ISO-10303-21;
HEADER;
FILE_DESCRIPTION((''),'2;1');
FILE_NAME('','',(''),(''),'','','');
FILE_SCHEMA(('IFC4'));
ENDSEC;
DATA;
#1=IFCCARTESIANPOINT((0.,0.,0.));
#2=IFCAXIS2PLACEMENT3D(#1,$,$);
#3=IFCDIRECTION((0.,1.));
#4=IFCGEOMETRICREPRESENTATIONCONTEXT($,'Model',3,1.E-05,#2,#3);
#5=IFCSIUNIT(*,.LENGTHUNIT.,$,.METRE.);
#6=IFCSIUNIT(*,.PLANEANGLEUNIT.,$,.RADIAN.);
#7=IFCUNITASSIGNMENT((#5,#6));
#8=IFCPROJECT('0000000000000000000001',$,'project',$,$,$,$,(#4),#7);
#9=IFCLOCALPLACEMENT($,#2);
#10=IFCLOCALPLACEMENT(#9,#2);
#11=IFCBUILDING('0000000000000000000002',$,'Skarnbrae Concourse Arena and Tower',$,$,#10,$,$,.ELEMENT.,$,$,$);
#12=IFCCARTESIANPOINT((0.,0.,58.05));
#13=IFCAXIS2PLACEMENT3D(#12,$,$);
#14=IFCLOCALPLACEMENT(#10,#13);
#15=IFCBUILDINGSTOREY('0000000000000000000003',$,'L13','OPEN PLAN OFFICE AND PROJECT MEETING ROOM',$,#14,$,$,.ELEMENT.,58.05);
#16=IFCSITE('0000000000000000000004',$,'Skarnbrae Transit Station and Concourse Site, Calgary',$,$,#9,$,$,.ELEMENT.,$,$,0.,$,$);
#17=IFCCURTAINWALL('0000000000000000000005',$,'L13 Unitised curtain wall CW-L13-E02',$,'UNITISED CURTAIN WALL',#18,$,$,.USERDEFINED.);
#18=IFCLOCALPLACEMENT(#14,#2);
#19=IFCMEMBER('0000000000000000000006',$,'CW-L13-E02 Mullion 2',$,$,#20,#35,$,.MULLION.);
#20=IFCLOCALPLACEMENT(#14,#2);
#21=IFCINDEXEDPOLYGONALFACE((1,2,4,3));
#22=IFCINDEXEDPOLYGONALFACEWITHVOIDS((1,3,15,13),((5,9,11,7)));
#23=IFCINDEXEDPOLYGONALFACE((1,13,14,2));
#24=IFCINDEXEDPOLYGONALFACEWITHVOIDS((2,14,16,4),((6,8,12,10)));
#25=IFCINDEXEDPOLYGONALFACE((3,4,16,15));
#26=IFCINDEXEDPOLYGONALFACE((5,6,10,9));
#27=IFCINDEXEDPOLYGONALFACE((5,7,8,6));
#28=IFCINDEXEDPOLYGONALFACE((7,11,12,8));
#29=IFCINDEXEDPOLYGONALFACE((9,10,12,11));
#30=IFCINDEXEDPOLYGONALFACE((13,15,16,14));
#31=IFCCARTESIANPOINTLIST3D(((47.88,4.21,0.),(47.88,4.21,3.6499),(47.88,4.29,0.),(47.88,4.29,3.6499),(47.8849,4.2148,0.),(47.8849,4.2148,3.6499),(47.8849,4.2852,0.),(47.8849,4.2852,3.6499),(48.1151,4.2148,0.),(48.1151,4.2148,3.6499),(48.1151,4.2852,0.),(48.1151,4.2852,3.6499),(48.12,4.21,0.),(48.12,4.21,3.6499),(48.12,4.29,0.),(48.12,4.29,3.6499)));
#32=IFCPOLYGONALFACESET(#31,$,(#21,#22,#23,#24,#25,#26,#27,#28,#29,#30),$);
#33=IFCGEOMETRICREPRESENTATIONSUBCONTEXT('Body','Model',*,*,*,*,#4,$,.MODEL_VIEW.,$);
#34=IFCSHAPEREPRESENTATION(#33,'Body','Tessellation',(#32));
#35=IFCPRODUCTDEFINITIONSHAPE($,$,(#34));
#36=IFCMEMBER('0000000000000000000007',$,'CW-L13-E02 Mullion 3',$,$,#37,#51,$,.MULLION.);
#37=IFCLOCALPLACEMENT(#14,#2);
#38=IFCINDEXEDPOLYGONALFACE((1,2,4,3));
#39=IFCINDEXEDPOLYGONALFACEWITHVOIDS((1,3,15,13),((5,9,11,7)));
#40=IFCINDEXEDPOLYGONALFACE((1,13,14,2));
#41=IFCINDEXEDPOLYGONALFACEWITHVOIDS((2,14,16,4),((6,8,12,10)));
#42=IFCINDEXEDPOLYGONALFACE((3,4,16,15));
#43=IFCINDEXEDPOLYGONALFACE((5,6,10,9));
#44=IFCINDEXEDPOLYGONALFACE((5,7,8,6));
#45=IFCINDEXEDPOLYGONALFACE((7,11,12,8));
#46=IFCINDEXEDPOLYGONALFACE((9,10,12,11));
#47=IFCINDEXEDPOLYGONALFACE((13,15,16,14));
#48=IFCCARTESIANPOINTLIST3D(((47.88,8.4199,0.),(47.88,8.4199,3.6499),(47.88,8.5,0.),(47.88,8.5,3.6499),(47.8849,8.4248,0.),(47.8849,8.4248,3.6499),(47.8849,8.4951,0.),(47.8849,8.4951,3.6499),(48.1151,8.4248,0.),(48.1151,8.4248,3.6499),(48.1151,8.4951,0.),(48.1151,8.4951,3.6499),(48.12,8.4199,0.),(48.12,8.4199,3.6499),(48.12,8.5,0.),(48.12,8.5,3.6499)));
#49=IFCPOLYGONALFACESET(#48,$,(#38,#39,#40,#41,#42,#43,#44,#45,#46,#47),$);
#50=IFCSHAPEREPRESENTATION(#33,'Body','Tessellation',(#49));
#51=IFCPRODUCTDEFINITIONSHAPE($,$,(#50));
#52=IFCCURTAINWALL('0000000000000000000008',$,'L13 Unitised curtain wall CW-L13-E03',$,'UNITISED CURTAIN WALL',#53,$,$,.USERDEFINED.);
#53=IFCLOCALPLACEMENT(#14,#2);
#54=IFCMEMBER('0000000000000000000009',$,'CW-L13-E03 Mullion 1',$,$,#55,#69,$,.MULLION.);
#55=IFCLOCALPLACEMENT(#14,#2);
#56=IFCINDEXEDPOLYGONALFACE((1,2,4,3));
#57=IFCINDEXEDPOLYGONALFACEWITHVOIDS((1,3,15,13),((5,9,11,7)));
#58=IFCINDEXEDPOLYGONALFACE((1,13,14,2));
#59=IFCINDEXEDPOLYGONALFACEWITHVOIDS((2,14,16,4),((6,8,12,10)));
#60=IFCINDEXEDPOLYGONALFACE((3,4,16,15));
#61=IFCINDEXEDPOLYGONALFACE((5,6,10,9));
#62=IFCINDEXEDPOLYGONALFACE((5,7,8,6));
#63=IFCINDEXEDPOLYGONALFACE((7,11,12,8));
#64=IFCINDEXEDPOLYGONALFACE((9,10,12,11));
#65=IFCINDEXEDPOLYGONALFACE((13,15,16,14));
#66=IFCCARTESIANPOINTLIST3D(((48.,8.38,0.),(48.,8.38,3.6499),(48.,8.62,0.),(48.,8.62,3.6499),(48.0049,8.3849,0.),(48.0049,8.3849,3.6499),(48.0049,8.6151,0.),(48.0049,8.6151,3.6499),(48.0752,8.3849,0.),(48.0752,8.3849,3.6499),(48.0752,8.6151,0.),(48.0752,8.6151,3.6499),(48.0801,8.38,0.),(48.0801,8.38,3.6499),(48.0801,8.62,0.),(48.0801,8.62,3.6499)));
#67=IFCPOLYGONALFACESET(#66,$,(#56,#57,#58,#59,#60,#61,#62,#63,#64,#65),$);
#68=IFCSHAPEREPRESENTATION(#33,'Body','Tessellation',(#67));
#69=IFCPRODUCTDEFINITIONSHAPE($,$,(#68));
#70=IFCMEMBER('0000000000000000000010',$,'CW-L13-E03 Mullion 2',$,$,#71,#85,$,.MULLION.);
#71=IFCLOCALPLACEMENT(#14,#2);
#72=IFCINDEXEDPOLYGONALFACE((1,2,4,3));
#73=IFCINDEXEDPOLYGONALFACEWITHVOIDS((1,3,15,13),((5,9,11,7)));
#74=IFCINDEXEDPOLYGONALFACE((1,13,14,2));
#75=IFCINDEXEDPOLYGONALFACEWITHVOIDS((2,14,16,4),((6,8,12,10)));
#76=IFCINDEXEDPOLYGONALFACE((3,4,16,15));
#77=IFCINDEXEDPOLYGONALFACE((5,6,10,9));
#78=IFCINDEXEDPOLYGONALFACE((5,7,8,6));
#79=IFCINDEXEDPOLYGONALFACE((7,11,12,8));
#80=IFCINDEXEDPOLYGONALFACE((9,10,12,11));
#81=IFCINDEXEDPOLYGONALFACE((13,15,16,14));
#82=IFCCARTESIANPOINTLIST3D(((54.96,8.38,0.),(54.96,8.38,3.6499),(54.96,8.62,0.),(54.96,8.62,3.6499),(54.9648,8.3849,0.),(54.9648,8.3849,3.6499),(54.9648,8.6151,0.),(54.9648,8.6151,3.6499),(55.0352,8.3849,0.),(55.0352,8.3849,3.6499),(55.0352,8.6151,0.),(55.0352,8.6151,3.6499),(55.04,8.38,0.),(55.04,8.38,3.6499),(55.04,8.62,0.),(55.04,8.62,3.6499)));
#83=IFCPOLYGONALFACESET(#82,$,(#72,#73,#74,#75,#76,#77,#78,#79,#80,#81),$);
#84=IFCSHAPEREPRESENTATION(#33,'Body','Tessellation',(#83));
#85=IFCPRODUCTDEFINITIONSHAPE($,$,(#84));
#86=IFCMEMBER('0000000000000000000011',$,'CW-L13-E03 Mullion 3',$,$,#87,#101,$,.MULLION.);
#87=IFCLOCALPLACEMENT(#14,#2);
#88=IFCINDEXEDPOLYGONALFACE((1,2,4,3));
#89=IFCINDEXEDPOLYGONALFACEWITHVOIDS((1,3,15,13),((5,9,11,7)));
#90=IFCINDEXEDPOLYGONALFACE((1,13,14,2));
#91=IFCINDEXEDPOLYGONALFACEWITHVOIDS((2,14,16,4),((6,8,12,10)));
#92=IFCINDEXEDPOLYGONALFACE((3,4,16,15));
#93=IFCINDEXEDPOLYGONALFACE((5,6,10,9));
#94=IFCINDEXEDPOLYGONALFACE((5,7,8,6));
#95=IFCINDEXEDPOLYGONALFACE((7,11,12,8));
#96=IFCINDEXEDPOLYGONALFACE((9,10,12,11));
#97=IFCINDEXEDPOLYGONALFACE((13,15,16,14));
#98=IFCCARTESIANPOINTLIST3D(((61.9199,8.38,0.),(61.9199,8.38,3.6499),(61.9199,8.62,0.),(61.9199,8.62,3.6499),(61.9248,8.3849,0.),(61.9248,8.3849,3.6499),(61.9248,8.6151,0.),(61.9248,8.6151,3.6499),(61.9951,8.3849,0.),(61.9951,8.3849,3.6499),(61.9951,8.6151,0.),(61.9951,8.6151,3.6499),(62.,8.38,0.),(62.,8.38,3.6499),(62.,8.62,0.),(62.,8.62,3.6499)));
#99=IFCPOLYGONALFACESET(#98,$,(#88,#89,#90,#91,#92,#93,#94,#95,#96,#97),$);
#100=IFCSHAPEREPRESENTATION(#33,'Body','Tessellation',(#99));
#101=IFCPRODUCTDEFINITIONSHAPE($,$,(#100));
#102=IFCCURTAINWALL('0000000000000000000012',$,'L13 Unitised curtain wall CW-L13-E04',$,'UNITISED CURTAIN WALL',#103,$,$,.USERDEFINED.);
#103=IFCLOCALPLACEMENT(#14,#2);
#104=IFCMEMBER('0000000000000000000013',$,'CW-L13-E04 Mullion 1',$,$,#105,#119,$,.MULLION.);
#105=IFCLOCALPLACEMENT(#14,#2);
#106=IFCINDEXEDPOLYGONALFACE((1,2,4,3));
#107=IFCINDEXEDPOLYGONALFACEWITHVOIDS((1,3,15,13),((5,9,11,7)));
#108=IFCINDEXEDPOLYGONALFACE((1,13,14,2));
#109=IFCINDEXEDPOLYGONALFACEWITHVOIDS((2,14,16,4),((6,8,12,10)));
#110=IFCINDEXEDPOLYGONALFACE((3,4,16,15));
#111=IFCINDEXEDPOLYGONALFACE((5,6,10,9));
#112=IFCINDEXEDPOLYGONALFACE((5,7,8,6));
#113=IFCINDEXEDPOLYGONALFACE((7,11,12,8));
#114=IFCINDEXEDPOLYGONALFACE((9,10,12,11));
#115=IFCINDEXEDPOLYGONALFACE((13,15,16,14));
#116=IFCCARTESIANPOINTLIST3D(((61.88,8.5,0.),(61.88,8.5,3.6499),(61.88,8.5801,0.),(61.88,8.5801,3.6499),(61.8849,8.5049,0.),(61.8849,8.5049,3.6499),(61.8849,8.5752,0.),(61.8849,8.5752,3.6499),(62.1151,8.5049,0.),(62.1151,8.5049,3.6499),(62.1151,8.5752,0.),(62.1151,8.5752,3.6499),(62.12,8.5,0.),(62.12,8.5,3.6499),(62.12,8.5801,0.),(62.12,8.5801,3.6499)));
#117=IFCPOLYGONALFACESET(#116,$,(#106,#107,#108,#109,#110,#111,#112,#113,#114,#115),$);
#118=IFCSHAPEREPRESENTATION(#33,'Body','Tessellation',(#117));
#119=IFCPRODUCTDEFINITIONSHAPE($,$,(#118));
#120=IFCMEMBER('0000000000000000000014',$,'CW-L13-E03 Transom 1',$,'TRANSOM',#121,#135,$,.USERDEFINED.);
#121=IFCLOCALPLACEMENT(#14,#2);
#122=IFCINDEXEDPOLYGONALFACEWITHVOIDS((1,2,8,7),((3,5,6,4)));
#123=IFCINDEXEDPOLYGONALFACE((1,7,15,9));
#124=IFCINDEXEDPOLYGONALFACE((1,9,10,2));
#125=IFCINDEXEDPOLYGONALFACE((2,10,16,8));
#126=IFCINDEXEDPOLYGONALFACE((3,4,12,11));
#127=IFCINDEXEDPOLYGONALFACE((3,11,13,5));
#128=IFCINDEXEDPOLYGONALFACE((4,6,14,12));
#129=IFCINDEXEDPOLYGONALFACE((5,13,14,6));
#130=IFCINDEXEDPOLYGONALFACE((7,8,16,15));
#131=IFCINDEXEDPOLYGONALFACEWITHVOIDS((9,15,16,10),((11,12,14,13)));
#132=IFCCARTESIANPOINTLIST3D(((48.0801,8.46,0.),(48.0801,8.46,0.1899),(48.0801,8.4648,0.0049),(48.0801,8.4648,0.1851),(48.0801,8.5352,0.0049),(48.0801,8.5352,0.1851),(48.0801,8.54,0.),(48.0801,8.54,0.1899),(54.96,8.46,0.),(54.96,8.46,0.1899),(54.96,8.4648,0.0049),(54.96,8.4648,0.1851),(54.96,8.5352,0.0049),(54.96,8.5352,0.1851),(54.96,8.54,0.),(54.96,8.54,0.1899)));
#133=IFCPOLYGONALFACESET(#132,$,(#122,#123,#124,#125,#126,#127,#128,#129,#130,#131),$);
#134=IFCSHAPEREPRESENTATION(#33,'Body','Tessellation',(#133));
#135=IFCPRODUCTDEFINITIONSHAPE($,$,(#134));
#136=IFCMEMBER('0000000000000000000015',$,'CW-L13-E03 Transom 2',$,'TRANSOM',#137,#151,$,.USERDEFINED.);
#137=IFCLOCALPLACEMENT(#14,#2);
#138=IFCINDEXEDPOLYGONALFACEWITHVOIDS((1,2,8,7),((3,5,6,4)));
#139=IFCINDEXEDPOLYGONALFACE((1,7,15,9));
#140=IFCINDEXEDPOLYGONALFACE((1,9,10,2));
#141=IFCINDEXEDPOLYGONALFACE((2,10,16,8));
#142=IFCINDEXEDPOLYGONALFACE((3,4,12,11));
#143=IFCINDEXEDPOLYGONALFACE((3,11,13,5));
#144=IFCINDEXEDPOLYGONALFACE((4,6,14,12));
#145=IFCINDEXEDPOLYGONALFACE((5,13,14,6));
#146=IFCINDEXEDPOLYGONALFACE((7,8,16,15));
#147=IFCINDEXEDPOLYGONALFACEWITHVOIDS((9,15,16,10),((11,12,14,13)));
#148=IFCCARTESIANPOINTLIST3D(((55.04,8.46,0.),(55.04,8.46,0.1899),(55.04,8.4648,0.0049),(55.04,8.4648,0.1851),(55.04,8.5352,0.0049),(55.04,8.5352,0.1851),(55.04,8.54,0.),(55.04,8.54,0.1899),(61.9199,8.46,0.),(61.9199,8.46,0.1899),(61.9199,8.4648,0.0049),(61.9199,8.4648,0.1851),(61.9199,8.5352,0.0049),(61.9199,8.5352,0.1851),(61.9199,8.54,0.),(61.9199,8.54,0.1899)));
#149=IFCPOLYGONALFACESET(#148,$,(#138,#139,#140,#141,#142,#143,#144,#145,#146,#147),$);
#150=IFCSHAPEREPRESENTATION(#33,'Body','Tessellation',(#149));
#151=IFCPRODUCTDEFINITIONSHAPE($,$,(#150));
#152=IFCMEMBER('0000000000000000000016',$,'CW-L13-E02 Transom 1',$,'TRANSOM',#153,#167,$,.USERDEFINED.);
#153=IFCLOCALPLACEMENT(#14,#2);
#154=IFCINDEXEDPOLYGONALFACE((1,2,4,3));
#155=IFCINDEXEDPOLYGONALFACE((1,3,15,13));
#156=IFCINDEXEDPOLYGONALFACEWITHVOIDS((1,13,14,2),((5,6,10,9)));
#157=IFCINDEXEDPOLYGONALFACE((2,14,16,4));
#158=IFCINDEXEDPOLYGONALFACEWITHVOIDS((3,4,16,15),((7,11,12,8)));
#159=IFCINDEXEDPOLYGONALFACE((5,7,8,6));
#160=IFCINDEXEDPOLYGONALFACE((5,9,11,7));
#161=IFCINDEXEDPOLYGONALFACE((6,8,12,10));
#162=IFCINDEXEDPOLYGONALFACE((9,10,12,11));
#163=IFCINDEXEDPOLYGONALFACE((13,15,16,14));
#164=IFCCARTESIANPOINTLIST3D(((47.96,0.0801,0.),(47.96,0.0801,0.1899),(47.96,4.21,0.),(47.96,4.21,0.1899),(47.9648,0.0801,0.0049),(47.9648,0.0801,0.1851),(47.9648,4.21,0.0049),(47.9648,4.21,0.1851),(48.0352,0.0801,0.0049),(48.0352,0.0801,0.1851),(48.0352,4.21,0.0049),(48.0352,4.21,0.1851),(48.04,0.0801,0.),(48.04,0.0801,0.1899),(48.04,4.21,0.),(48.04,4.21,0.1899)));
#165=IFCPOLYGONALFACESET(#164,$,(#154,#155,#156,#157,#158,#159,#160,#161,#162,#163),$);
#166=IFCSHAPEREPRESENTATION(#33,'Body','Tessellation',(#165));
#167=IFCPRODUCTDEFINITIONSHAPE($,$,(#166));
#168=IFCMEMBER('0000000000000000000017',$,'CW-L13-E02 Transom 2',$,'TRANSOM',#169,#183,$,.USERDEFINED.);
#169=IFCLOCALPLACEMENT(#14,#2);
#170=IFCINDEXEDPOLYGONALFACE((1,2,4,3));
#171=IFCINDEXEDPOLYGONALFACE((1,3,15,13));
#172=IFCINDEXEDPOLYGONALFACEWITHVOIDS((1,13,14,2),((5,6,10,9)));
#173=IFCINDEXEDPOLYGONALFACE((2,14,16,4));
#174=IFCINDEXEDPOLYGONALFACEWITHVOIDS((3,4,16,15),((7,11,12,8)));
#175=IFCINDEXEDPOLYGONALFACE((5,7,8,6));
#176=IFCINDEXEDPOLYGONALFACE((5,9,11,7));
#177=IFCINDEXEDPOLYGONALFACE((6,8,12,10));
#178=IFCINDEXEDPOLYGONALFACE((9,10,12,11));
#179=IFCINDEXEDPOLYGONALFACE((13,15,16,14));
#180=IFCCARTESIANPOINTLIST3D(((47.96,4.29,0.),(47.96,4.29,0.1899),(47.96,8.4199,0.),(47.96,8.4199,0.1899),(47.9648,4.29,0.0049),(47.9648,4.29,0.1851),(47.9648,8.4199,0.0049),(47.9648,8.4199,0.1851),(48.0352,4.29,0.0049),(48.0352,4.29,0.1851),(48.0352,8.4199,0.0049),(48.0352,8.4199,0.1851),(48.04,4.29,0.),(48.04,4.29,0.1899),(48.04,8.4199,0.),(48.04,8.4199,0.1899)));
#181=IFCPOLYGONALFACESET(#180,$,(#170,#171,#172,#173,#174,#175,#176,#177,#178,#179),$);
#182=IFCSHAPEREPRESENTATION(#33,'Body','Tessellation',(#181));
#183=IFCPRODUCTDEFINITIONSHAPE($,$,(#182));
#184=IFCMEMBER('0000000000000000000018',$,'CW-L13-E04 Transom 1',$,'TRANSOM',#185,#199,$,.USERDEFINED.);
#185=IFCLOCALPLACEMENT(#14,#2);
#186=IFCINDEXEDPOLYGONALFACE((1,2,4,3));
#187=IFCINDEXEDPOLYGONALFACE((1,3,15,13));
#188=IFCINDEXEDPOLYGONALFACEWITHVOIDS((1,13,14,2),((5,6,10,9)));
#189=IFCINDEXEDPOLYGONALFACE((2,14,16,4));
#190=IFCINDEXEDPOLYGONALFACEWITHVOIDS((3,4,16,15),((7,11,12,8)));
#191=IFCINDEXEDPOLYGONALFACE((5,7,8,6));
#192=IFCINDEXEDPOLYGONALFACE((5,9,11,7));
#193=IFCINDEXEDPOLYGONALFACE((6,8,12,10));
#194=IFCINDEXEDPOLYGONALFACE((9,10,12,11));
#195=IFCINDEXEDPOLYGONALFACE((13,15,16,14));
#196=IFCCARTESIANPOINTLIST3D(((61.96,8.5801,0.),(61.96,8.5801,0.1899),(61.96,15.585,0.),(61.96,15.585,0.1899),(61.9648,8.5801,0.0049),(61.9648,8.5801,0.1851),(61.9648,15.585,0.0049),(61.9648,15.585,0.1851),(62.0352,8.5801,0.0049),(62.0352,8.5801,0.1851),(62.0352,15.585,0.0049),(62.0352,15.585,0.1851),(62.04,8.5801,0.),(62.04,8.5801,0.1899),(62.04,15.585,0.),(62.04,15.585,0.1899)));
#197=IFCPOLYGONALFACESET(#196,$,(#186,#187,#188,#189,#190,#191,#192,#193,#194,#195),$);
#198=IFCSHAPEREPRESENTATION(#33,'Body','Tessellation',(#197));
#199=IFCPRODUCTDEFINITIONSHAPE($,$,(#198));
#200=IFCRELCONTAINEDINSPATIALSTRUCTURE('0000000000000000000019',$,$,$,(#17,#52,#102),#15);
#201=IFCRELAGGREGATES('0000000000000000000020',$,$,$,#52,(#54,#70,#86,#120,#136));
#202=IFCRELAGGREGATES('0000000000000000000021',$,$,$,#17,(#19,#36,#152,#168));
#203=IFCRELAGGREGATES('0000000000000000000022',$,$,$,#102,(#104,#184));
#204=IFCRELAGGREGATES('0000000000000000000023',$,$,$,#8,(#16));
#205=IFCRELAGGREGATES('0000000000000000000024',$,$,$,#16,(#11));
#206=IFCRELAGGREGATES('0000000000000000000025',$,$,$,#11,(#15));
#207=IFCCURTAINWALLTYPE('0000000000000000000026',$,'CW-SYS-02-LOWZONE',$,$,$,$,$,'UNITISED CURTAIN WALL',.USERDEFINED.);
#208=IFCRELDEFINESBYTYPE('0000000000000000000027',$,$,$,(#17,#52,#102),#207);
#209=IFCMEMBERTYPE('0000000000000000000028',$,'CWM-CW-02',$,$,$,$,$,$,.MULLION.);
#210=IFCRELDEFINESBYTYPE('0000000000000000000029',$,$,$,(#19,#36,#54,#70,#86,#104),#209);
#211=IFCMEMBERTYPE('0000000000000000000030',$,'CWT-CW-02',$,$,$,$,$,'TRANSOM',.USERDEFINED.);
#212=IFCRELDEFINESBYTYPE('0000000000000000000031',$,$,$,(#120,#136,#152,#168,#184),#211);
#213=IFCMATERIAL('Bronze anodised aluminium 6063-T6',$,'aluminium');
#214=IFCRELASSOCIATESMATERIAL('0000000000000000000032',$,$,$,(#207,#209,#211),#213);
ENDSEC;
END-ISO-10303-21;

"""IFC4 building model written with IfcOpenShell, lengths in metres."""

from ifc_helpers import new_model, si_unit, direction, frame, origin, origin_2d, place, context, subcontext, project, spatial, hollow_rectangle, extrude, source, transform, mapped, material, material_profile, profile_set, type_object, element, aggregate, save


model = new_model("IFC4")

# Units and contexts
model_context = context("Model", 3, precision=1e-05, world=origin(), true_north=direction((0.0, 1.0)))
body_context = subcontext(model_context, "Body", "Model", "MODEL_VIEW")
ifc_project = project(units=[si_unit("LENGTHUNIT", "METRE"), si_unit("PLANEANGLEUNIT", "RADIAN")], contexts=[model_context])

# Site, building, storey
site_placement = place(None, origin())
site = spatial("IfcSite", under=ifc_project, at=site_placement, Name="Skarnbrae Transit Station and Concourse Site, Calgary", CompositionType="ELEMENT", RefElevation=0.0)
building_placement = place(site_placement, origin())
building = spatial("IfcBuilding", under=site, at=building_placement, Name="Skarnbrae Concourse Arena and Tower", CompositionType="ELEMENT")
storey_placement = place(building_placement, frame((0.0, 0.0, 58.05)))
storey = spatial("IfcBuildingStorey", under=building, at=storey_placement, Name="L13", Description="OPEN PLAN OFFICE AND PROJECT MEETING ROOM", CompositionType="ELEMENT", Elevation=58.05)

# Shared definitions
ifc_material_1 = material(Name="Bronze anodised aluminium 6063-T6", Category="aluminium")
curtain_wall_type = type_object("IfcCurtainWallType", Name="CW-SYS-02-LOWZONE", ElementType="UNITISED CURTAIN WALL", PredefinedType="USERDEFINED", material=ifc_material_1)
ifc_material_profile_1 = material_profile(ifc_material_1, hollow_rectangle(XDim=0.0801, YDim=0.24, WallThickness=0.0049, at=origin_2d()), Name="ALU-MULL-80X240")
ifc_profile_set_1 = profile_set([ifc_material_profile_1], Name="Bronze anodised aluminium 6063-T6")
member_type_1 = type_object("IfcMemberType", Name="CWM-CW-02", PredefinedType="MULLION", material=ifc_profile_set_1)
shared_shape_1 = source(origin(), body_context, "Body", "SweptSolid", [
    extrude(hollow_rectangle(XDim=0.0801, YDim=0.24, WallThickness=0.0049, at=origin_2d()), origin(), (0.0, 0.0, 1.0), 3.6499),
])

# Curtain walls, members
curtain_wall_1_placement = place(storey_placement, origin())
curtain_wall_1 = element("IfcCurtainWall", 1, at=curtain_wall_1_placement, inside=storey, type_object=curtain_wall_type, Name="L13 Unitised curtain wall CW-L13-E02", ObjectType="UNITISED CURTAIN WALL", PredefinedType="USERDEFINED")
member_1_placement = place(storey_placement, frame((48.0, 4.25, 0.0), z_axis=(0.0, 0.0, 1.0), x_axis=(0.0, 1.0, 0.0)))
member_1 = element("IfcMember", 2, at=member_1_placement, type_object=member_type_1, Name="CW-L13-E02 Mullion 2", PredefinedType="MULLION", context=body_context, shape_type="MappedRepresentation", body=[
    mapped(shared_shape_1, transform((0.0, 0.0, 0.0))),
])
member_2_placement = place(storey_placement, frame((48.0, 8.46, 0.0), z_axis=(0.0, 0.0, 1.0), x_axis=(0.0, 1.0, 0.0)))
member_2 = element("IfcMember", 3, at=member_2_placement, type_object=member_type_1, Name="CW-L13-E02 Mullion 3", PredefinedType="MULLION", context=body_context, shape_type="MappedRepresentation", body=[
    mapped(shared_shape_1, transform((0.0, 0.0, 0.0))),
])
curtain_wall_2_placement = place(storey_placement, origin())
curtain_wall_2 = element("IfcCurtainWall", 4, at=curtain_wall_2_placement, inside=storey, type_object=curtain_wall_type, Name="L13 Unitised curtain wall CW-L13-E03", ObjectType="UNITISED CURTAIN WALL", PredefinedType="USERDEFINED")
member_3_placement = place(storey_placement, frame((48.04, 8.5, 0.0), z_axis=(0.0, 0.0, 1.0), x_axis=(1.0, 0.0, 0.0)))
member_3 = element("IfcMember", 5, at=member_3_placement, type_object=member_type_1, Name="CW-L13-E03 Mullion 1", PredefinedType="MULLION", context=body_context, shape_type="MappedRepresentation", body=[
    mapped(shared_shape_1, transform((0.0, 0.0, 0.0))),
])
member_4_placement = place(storey_placement, frame((55.0, 8.5, 0.0), z_axis=(0.0, 0.0, 1.0), x_axis=(1.0, 0.0, 0.0)))
member_4 = element("IfcMember", 6, at=member_4_placement, type_object=member_type_1, Name="CW-L13-E03 Mullion 2", PredefinedType="MULLION", context=body_context, shape_type="MappedRepresentation", body=[
    mapped(shared_shape_1, transform((0.0, 0.0, 0.0))),
])
member_5_placement = place(storey_placement, frame((61.96, 8.5, 0.0), z_axis=(0.0, 0.0, 1.0), x_axis=(1.0, 0.0, 0.0)))
member_5 = element("IfcMember", 7, at=member_5_placement, type_object=member_type_1, Name="CW-L13-E03 Mullion 3", PredefinedType="MULLION", context=body_context, shape_type="MappedRepresentation", body=[
    mapped(shared_shape_1, transform((0.0, 0.0, 0.0))),
])

# Curtain wall, member
curtain_wall_3_placement = place(storey_placement, origin())
curtain_wall_3 = element("IfcCurtainWall", 8, at=curtain_wall_3_placement, inside=storey, type_object=curtain_wall_type, Name="L13 Unitised curtain wall CW-L13-E04", ObjectType="UNITISED CURTAIN WALL", PredefinedType="USERDEFINED")
member_6_placement = place(storey_placement, frame((62.0, 8.54, 0.0), z_axis=(0.0, 0.0, 1.0), x_axis=(0.0, 1.0, 0.0)))
member_6 = element("IfcMember", 9, at=member_6_placement, type_object=member_type_1, Name="CW-L13-E04 Mullion 1", PredefinedType="MULLION", context=body_context, shape_type="MappedRepresentation", body=[
    mapped(shared_shape_1, transform((0.0, 0.0, 0.0))),
])

# Members
ifc_material_profile_2 = material_profile(ifc_material_1, hollow_rectangle(XDim=0.0801, YDim=0.1899, WallThickness=0.0049, at=origin_2d()), Name="ALU-TRAN-80X190")
ifc_profile_set_2 = profile_set([ifc_material_profile_2], Name="Bronze anodised aluminium 6063-T6")
member_type_2 = type_object("IfcMemberType", Name="CWT-CW-02", ElementType="TRANSOM", PredefinedType="USERDEFINED", material=ifc_profile_set_2)
shared_shape_2 = source(origin(), body_context, "Body", "SweptSolid", [
    extrude(hollow_rectangle(XDim=0.0801, YDim=0.1899, WallThickness=0.0049, at=origin_2d()), origin(), (0.0, 0.0, 1.0), 6.8799),
])
member_7_placement = place(storey_placement, frame((48.0801, 8.5, 0.095), z_axis=(1.0, 0.0, 0.0), x_axis=(0.0, 1.0, 0.0)))
member_7 = element("IfcMember", 10, at=member_7_placement, type_object=member_type_2, Name="CW-L13-E03 Transom 1", ObjectType="TRANSOM", PredefinedType="USERDEFINED", context=body_context, shape_type="MappedRepresentation", body=[
    mapped(shared_shape_2, transform((0.0, 0.0, 0.0))),
])
member_8_placement = place(storey_placement, frame((55.04, 8.5, 0.095), z_axis=(1.0, 0.0, 0.0), x_axis=(0.0, 1.0, 0.0)))
member_8 = element("IfcMember", 11, at=member_8_placement, type_object=member_type_2, Name="CW-L13-E03 Transom 2", ObjectType="TRANSOM", PredefinedType="USERDEFINED", context=body_context, shape_type="MappedRepresentation", body=[
    mapped(shared_shape_2, transform((0.0, 0.0, 0.0))),
])
shared_shape_3 = source(origin(), body_context, "Body", "SweptSolid", [
    extrude(hollow_rectangle(XDim=0.0801, YDim=0.1899, WallThickness=0.0049, at=origin_2d()), origin(), (0.0, 0.0, 1.0), 4.1299),
])
member_9_placement = place(storey_placement, frame((48.0, 0.0801, 0.095), z_axis=(0.0, 1.0, 0.0), x_axis=(-1.0, 0.0, 0.0)))
member_9 = element("IfcMember", 12, at=member_9_placement, type_object=member_type_2, Name="CW-L13-E02 Transom 1", ObjectType="TRANSOM", PredefinedType="USERDEFINED", context=body_context, shape_type="MappedRepresentation", body=[
    mapped(shared_shape_3, transform((0.0, 0.0, 0.0))),
])
member_10_placement = place(storey_placement, frame((48.0, 4.29, 0.095), z_axis=(0.0, 1.0, 0.0), x_axis=(-1.0, 0.0, 0.0)))
member_10 = element("IfcMember", 13, at=member_10_placement, type_object=member_type_2, Name="CW-L13-E02 Transom 2", ObjectType="TRANSOM", PredefinedType="USERDEFINED", context=body_context, shape_type="MappedRepresentation", body=[
    mapped(shared_shape_3, transform((0.0, 0.0, 0.0))),
])
shared_shape_4 = source(origin(), body_context, "Body", "SweptSolid", [
    extrude(hollow_rectangle(XDim=0.0801, YDim=0.1899, WallThickness=0.0049, at=origin_2d()), origin(), (0.0, 0.0, 1.0), 7.0049),
])
member_11_placement = place(storey_placement, frame((62.0, 8.5801, 0.095), z_axis=(0.0, 1.0, 0.0), x_axis=(-1.0, 0.0, 0.0)))
member_11 = element("IfcMember", 14, at=member_11_placement, type_object=member_type_2, Name="CW-L13-E04 Transom 1", ObjectType="TRANSOM", PredefinedType="USERDEFINED", context=body_context, shape_type="MappedRepresentation", body=[
    mapped(shared_shape_4, transform((0.0, 0.0, 0.0))),
])

aggregate(curtain_wall_2, [member_3, member_4, member_5, member_7, member_8])
aggregate(curtain_wall_1, [member_1, member_2, member_9, member_10])
aggregate(curtain_wall_3, [member_6, member_11])

save(model, "model.ifc")
